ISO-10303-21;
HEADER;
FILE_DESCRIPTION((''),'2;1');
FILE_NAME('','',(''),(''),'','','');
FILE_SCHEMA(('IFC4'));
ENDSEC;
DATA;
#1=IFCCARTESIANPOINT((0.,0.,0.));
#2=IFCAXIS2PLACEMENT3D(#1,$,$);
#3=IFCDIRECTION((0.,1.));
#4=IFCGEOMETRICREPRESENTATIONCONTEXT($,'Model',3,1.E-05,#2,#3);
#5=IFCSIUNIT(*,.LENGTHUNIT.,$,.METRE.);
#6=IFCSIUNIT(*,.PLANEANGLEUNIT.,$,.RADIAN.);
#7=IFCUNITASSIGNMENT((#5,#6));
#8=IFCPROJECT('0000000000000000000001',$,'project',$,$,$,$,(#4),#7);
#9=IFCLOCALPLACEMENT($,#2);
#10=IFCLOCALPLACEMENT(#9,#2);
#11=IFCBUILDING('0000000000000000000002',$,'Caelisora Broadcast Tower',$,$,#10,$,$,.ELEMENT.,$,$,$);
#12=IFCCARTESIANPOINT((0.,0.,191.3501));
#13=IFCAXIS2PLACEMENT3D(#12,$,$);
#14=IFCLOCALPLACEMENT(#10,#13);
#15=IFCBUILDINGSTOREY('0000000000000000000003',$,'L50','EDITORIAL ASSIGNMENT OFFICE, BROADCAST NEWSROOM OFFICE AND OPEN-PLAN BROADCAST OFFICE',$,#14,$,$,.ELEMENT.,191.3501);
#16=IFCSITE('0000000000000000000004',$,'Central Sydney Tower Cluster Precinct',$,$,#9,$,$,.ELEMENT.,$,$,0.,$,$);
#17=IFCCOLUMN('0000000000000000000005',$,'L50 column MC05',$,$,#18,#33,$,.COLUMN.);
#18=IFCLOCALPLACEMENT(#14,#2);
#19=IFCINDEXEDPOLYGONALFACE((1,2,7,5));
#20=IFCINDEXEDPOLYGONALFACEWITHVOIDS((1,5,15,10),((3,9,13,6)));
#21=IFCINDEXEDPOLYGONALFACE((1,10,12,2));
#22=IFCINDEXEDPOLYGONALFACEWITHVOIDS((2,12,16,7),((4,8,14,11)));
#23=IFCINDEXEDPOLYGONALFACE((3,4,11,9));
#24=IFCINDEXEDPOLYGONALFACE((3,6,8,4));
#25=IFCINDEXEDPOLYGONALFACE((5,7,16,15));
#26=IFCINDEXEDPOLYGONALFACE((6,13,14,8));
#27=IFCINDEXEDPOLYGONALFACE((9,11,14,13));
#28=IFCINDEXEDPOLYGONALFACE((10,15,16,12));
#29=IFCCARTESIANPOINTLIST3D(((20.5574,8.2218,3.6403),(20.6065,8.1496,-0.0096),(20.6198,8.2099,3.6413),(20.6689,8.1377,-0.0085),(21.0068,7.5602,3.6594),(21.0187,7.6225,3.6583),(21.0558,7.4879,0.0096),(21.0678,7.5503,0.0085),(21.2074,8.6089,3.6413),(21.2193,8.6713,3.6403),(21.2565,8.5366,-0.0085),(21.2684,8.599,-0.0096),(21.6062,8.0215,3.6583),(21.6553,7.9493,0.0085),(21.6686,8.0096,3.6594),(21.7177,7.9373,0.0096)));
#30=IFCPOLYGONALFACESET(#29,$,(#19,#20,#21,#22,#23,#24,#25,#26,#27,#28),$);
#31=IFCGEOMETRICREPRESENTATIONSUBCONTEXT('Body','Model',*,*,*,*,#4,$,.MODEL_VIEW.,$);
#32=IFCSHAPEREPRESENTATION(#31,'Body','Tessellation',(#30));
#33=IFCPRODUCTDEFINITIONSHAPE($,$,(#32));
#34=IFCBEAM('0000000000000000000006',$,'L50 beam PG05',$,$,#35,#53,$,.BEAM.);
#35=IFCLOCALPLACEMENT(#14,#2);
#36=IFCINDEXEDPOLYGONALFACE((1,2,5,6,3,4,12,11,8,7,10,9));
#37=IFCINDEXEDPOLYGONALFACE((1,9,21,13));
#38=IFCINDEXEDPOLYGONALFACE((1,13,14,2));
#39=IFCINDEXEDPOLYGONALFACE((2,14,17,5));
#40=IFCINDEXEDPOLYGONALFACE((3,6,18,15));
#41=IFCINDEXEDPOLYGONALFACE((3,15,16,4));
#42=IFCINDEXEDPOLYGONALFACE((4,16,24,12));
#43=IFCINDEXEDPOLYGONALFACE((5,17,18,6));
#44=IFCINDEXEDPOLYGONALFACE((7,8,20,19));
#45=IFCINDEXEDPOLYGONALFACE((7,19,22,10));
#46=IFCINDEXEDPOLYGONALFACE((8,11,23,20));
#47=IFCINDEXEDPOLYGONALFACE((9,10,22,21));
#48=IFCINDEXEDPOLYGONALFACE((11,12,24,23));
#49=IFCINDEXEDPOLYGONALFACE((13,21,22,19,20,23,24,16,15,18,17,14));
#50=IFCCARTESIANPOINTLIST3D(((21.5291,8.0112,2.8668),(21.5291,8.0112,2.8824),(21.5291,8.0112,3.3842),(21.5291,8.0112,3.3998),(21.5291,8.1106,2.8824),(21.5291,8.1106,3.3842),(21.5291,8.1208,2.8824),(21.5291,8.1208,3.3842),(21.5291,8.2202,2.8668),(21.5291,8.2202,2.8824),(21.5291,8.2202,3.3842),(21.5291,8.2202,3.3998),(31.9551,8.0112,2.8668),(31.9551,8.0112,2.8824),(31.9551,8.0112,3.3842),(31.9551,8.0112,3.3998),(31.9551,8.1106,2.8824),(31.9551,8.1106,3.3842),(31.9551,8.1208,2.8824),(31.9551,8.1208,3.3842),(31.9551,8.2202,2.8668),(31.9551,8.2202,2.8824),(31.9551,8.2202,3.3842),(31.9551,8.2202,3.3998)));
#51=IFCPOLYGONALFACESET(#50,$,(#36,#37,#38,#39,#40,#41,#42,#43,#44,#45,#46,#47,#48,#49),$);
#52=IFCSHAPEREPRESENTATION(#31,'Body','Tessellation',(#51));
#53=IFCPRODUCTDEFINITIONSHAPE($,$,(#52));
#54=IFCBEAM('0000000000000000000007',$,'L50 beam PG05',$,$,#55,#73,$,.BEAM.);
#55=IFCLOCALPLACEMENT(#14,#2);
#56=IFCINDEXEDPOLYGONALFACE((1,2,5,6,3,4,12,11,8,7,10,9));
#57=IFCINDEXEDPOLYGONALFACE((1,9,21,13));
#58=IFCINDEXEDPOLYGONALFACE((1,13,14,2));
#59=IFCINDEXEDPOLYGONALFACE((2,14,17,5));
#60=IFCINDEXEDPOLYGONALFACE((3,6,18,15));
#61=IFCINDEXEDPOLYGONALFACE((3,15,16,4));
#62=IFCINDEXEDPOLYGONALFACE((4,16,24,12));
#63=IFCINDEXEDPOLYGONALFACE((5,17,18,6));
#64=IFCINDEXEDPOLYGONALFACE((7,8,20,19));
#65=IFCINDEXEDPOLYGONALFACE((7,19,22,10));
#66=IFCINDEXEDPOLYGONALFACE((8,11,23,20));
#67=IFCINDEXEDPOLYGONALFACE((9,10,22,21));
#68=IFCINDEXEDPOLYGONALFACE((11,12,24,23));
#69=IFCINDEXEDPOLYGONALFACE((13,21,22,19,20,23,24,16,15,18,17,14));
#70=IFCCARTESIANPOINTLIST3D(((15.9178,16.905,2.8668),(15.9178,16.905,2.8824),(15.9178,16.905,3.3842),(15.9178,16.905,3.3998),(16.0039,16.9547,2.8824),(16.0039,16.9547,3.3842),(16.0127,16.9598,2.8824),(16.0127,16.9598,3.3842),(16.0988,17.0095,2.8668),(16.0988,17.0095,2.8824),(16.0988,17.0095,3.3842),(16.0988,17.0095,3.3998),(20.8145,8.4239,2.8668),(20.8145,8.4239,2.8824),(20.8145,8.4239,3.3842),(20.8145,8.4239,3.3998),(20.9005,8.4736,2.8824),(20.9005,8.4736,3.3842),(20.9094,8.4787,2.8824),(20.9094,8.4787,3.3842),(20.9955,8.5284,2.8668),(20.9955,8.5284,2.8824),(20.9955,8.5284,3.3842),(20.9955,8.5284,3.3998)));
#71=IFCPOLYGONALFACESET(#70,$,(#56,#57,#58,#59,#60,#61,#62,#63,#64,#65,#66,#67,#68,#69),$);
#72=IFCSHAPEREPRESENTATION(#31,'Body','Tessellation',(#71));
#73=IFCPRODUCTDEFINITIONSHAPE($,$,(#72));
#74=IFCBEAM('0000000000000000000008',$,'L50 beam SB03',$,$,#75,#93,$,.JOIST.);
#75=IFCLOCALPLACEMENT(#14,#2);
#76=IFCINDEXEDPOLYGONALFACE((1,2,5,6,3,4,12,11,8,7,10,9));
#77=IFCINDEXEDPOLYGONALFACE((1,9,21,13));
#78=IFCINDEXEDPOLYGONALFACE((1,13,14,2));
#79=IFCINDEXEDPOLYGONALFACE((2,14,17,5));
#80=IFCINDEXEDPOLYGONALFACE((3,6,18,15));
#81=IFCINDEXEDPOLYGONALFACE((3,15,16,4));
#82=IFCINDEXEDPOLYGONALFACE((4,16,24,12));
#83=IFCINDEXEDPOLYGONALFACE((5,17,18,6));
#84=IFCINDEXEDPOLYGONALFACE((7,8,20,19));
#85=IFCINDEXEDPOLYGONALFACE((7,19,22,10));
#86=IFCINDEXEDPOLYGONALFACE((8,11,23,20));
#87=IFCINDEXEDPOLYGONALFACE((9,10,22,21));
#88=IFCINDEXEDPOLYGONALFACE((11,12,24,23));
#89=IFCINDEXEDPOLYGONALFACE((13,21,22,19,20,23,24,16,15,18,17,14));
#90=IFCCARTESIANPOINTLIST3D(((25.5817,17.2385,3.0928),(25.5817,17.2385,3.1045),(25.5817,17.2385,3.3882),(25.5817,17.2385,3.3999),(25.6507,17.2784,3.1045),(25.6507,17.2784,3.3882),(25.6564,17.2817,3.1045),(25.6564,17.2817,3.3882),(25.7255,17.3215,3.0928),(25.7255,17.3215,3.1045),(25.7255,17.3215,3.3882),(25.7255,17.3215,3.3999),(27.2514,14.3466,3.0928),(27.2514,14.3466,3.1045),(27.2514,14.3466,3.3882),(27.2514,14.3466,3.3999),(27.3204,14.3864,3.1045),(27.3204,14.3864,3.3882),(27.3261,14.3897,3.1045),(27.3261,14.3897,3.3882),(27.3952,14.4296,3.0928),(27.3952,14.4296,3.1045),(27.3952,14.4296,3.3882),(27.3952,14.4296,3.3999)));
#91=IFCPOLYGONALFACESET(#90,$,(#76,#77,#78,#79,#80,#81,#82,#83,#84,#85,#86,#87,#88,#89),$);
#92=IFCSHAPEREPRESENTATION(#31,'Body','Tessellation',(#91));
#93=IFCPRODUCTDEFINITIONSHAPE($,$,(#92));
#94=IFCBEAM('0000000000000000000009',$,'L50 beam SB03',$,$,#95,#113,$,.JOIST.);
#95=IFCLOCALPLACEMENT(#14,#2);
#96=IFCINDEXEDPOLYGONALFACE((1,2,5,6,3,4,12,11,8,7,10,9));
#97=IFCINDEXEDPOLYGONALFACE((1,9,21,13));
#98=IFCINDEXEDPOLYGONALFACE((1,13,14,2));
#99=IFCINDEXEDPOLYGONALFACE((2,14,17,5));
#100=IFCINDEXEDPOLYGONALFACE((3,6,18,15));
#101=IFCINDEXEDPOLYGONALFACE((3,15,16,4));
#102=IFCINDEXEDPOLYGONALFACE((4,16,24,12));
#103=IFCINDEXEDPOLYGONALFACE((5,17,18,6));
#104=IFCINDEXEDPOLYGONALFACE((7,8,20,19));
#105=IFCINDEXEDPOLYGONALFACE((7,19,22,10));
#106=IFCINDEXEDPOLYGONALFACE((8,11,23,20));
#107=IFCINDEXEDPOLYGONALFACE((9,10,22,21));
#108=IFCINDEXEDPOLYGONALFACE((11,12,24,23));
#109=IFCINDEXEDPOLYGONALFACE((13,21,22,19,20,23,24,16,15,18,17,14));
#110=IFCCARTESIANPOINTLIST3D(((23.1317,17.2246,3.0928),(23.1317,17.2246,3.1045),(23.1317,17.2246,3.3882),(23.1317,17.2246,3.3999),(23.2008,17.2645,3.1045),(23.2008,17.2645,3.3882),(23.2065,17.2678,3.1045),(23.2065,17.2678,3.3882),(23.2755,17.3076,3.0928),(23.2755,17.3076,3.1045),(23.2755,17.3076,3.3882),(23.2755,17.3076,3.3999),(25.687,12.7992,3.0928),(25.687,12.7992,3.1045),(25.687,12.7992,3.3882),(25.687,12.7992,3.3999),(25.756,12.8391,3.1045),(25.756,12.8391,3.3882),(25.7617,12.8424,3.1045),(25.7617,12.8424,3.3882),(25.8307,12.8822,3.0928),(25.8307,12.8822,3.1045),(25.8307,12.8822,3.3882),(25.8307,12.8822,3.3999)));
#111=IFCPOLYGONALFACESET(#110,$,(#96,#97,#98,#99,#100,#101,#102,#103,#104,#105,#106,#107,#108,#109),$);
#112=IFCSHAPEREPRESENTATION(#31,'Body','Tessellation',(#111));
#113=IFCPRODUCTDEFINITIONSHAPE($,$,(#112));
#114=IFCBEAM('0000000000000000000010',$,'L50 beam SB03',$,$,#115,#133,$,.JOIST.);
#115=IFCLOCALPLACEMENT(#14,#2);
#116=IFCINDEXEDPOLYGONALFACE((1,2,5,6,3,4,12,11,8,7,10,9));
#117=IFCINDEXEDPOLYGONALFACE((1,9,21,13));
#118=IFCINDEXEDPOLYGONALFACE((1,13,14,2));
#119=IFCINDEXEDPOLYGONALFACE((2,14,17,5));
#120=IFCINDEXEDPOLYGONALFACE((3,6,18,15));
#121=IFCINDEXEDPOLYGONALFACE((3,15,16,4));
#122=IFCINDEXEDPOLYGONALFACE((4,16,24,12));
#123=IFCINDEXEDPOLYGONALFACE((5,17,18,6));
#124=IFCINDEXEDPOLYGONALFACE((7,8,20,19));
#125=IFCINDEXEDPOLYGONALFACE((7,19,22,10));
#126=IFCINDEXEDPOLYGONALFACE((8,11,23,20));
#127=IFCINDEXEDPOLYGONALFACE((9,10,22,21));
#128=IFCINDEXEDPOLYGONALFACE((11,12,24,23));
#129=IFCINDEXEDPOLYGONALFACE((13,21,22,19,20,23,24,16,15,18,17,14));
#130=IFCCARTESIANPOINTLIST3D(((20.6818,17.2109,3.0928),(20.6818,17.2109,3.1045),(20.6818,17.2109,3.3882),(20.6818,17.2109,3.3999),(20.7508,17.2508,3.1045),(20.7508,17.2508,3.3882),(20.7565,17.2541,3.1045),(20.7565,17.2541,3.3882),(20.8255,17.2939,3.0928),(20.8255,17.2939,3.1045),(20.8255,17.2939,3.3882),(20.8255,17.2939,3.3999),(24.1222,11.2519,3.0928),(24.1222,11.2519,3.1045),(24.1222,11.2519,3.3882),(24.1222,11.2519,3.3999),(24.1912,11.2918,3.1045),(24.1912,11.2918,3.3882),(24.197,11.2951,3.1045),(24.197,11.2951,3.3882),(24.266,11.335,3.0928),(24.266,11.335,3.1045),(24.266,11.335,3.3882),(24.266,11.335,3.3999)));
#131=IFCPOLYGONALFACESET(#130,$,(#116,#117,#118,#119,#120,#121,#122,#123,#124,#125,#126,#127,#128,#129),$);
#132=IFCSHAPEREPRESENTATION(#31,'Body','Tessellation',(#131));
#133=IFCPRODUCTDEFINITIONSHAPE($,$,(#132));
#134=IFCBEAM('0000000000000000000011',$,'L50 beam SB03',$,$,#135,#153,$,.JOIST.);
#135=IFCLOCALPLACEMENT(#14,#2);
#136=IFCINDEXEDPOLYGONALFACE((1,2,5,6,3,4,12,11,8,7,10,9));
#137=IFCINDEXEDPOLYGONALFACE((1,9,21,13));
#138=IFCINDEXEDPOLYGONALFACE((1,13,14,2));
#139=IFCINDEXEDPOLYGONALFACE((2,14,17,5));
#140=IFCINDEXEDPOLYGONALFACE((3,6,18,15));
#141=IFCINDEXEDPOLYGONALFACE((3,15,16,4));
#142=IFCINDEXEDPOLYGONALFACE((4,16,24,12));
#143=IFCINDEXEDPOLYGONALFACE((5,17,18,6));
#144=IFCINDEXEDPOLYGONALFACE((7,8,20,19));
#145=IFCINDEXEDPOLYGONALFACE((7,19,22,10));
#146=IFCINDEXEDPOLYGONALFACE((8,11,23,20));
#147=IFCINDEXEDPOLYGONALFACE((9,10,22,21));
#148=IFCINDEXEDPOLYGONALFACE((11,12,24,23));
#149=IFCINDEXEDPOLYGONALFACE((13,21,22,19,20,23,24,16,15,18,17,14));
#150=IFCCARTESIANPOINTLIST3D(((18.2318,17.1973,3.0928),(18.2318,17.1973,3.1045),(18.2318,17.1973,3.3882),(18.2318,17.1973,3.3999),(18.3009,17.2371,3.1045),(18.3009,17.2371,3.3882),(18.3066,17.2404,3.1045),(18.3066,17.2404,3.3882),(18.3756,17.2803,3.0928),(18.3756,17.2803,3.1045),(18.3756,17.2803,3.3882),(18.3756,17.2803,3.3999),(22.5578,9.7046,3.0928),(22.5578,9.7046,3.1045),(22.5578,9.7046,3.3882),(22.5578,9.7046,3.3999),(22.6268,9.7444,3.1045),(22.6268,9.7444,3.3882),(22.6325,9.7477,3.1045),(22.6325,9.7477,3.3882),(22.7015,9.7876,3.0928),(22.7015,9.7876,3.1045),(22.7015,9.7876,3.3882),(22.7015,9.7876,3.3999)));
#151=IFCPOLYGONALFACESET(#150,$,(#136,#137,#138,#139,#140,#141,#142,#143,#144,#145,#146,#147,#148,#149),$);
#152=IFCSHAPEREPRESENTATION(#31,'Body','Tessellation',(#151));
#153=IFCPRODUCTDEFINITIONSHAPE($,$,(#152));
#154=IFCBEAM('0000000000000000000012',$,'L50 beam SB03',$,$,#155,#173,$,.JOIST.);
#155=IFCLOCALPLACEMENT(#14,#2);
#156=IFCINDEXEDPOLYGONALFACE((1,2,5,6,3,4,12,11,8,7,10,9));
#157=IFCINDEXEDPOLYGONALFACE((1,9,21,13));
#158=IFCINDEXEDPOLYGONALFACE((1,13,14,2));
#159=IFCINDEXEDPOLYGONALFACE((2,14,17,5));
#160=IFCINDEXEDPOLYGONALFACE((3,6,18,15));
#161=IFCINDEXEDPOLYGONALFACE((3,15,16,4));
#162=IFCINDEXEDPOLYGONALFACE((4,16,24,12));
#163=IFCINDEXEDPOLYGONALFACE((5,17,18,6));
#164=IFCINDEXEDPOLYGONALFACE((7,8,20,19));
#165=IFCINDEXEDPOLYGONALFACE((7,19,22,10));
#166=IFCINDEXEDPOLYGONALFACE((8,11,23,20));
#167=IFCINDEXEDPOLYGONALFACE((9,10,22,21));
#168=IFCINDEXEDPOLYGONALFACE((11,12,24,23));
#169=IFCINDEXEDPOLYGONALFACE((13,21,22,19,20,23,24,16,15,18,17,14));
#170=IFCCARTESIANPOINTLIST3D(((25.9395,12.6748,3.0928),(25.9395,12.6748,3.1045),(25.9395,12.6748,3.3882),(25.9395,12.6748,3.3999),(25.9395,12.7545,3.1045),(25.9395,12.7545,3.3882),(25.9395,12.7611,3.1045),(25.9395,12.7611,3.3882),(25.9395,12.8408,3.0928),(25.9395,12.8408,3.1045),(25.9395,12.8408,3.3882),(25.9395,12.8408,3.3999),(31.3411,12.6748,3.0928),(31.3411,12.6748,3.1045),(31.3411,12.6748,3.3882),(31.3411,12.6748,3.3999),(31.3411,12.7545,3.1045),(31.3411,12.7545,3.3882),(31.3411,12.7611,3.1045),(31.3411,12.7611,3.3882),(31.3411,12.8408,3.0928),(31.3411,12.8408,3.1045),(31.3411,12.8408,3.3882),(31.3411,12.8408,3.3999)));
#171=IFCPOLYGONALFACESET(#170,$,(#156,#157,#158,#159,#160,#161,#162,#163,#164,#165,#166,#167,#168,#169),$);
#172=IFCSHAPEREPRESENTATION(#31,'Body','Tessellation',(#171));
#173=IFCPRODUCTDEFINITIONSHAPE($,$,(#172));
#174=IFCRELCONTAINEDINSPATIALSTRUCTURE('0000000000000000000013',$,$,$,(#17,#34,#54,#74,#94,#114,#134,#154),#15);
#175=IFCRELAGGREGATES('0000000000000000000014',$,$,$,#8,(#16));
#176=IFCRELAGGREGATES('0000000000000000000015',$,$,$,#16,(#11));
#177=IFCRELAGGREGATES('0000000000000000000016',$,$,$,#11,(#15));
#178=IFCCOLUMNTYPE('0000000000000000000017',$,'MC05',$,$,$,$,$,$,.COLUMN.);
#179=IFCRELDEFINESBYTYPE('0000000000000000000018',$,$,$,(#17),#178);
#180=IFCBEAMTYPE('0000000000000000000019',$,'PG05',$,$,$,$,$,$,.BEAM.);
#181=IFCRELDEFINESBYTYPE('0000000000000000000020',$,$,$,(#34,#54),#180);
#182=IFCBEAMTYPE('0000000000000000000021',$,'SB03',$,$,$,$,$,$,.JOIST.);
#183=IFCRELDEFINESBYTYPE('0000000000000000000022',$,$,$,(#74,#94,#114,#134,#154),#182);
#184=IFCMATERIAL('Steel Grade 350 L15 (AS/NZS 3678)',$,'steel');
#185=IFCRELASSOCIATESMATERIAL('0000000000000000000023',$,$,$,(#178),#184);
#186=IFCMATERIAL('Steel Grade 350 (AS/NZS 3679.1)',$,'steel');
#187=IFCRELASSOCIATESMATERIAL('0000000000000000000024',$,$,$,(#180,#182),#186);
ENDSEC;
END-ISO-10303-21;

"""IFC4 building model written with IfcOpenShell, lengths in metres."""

from ifc_helpers import new_model, si_unit, direction, frame, origin, origin_2d, place, context, subcontext, project, spatial, hollow_rectangle, i_section, extrude, source, transform, mapped, material, material_profile, profile_set, type_object, type_shapes, element, save


model = new_model("IFC4")

# Units and contexts
model_context = context("Model", 3, precision=1e-05, world=origin(), true_north=direction((0.0, 1.0)))
body_context = subcontext(model_context, "Body", "Model", "MODEL_VIEW")
ifc_project = project(units=[si_unit("LENGTHUNIT", "METRE"), si_unit("PLANEANGLEUNIT", "RADIAN")], contexts=[model_context])

# Site, building, storey
site_placement = place(None, origin())
site = spatial("IfcSite", under=ifc_project, at=site_placement, Name="Central Sydney Tower Cluster Precinct", CompositionType="ELEMENT", RefElevation=0.0)
building_placement = place(site_placement, origin())
building = spatial("IfcBuilding", under=site, at=building_placement, Name="Caelisora Broadcast Tower", CompositionType="ELEMENT")
storey_placement = place(building_placement, frame((0.0, 0.0, 191.3501)))
storey = spatial("IfcBuildingStorey", under=building, at=storey_placement, Name="L50", Description="EDITORIAL ASSIGNMENT OFFICE, BROADCAST NEWSROOM OFFICE AND OPEN-PLAN BROADCAST OFFICE", CompositionType="ELEMENT", Elevation=191.3501)

# Column
ifc_material_1 = material(Name="Steel Grade 350 L15 (AS/NZS 3678)", Category="steel")
ifc_material_profile_1 = material_profile(ifc_material_1, hollow_rectangle(XDim=0.8, YDim=0.8, WallThickness=0.0449, at=origin_2d()), Name="Steel Grade 350 L15 (AS/NZS 3678)")
ifc_profile_set_1 = profile_set([ifc_material_profile_1], Name="Steel Grade 350 L15 (AS/NZS 3678)")
column_type = type_object("IfcColumnType", Name="MC05", PredefinedType="COLUMN", material=ifc_profile_set_1)
shared_shape_1 = source(origin(), body_context, "Body", "SweptSolid", [
    extrude(hollow_rectangle(XDim=0.8, YDim=0.8, WallThickness=0.0449, at=origin_2d()), origin(), (0.0, 0.0, 1.0), 3.6509),
])
type_shapes(column_type, [shared_shape_1])
column_placement = place(storey_placement, frame((21.1621, 8.0435, 0.0), z_axis=(-0.013441, 0.019794, 0.999714), x_axis=(-0.82729, -0.561775, 0.0)))
element("IfcColumn", 1, at=column_placement, inside=storey, type_object=column_type, Name="L50 column MC05", PredefinedType="COLUMN", context=body_context, shape_type="MappedRepresentation", body=[
    mapped(shared_shape_1, transform((0.0, 0.0, 0.0), scale=1.0)),
])

# Beams
ifc_material_2 = material(Name="Steel Grade 350 (AS/NZS 3679.1)", Category="steel")
ifc_material_profile_2 = material_profile(ifc_material_2, i_section(OverallWidth=0.209, OverallDepth=0.533, WebThickness=0.0103, FlangeThickness=0.0156, at=origin_2d()), Name="Steel Grade 350 (AS/NZS 3679.1)")
ifc_profile_set_2 = profile_set([ifc_material_profile_2], Name="Steel Grade 350 (AS/NZS 3679.1)")
beam_type_1 = type_object("IfcBeamType", Name="PG05", PredefinedType="BEAM", material=ifc_profile_set_2)
shared_shape_2 = source(origin(), body_context, "Body", "SweptSolid", [
    extrude(i_section(OverallWidth=0.209, OverallDepth=0.533, WebThickness=0.0103, FlangeThickness=0.0156, at=origin_2d()), origin(), (0.0, 0.0, 1.0), 10.426),
])
beam_1_placement = place(storey_placement, frame((21.5291, 8.1157, 3.1333), z_axis=(1.0, 0.0, 0.0), x_axis=(0.0, 1.0, 0.0)))
element("IfcBeam", 2, at=beam_1_placement, inside=storey, type_object=beam_type_1, Name="L50 beam PG05", PredefinedType="BEAM", context=body_context, shape_type="MappedRepresentation", body=[
    mapped(shared_shape_2, transform((0.0, 0.0, 0.0), scale=1.0)),
])
shared_shape_3 = source(origin(), body_context, "Body", "SweptSolid", [
    extrude(i_section(OverallWidth=0.209, OverallDepth=0.533, WebThickness=0.0103, FlangeThickness=0.0156, at=origin_2d()), origin(), (0.0, 0.0, 1.0), 9.7932),
])
type_shapes(beam_type_1, [shared_shape_2, shared_shape_3])
beam_2_placement = place(storey_placement, frame((16.0083, 16.9573, 3.1333), z_axis=(0.500008, -0.866021, 0.0), x_axis=(0.866021, 0.500008, 0.0)))
element("IfcBeam", 3, at=beam_2_placement, inside=storey, type_object=beam_type_1, Name="L50 beam PG05", PredefinedType="BEAM", context=body_context, shape_type="MappedRepresentation", body=[
    mapped(shared_shape_3, transform((0.0, 0.0, 0.0), scale=1.0)),
])
ifc_material_profile_3 = material_profile(ifc_material_2, i_section(OverallWidth=0.166, OverallDepth=0.3071, WebThickness=0.0066, FlangeThickness=0.0117, at=origin_2d()), Name="Steel Grade 350 (AS/NZS 3679.1)")
ifc_profile_set_3 = profile_set([ifc_material_profile_3], Name="Steel Grade 350 (AS/NZS 3679.1)")
beam_type_2 = type_object("IfcBeamType", Name="SB03", PredefinedType="JOIST", material=ifc_profile_set_3)
shared_shape_4 = source(origin(), body_context, "Body", "SweptSolid", [
    extrude(i_section(OverallWidth=0.166, OverallDepth=0.3071, WebThickness=0.0066, FlangeThickness=0.0117, at=origin_2d()), origin(), (0.0, 0.0, 1.0), 3.3394),
])
beam_3_placement = place(storey_placement, frame((25.6536, 17.28, 3.2463), z_axis=(0.500016, -0.866016, 0.0), x_axis=(0.866016, 0.500016, 0.0)))
element("IfcBeam", 4, at=beam_3_placement, inside=storey, type_object=beam_type_2, Name="L50 beam SB03", PredefinedType="JOIST", context=body_context, shape_type="MappedRepresentation", body=[
    mapped(shared_shape_4, transform((0.0, 0.0, 0.0), scale=1.0)),
])
shared_shape_5 = source(origin(), body_context, "Body", "SweptSolid", [
    extrude(i_section(OverallWidth=0.166, OverallDepth=0.3071, WebThickness=0.0066, FlangeThickness=0.0117, at=origin_2d()), origin(), (0.0, 0.0, 1.0), 5.1101),
])
beam_4_placement = place(storey_placement, frame((23.2036, 17.2661, 3.2463), z_axis=(0.500034, -0.866006, 0.0), x_axis=(0.866006, 0.500034, 0.0)))
element("IfcBeam", 5, at=beam_4_placement, inside=storey, type_object=beam_type_2, Name="L50 beam SB03", PredefinedType="JOIST", context=body_context, shape_type="MappedRepresentation", body=[
    mapped(shared_shape_5, transform((0.0, 0.0, 0.0), scale=1.0)),
])
shared_shape_6 = source(origin(), body_context, "Body", "SweptSolid", [
    extrude(i_section(OverallWidth=0.166, OverallDepth=0.3071, WebThickness=0.0066, FlangeThickness=0.0117, at=origin_2d()), origin(), (0.0, 0.0, 1.0), 6.8809),
])
beam_5_placement = place(storey_placement, frame((20.7537, 17.2524, 3.2463), z_axis=(0.500001, -0.866025, 0.0), x_axis=(0.866025, 0.500001, 0.0)))
element("IfcBeam", 6, at=beam_5_placement, inside=storey, type_object=beam_type_2, Name="L50 beam SB03", PredefinedType="JOIST", context=body_context, shape_type="MappedRepresentation", body=[
    mapped(shared_shape_6, transform((0.0, 0.0, 0.0), scale=1.0)),
])
shared_shape_7 = source(origin(), body_context, "Body", "SweptSolid", [
    extrude(i_section(OverallWidth=0.166, OverallDepth=0.3071, WebThickness=0.0066, FlangeThickness=0.0117, at=origin_2d()), origin(), (0.0, 0.0, 1.0), 8.6519),
])
beam_6_placement = place(storey_placement, frame((18.3037, 17.2388, 3.2463), z_axis=(0.500003, -0.866024, 0.0), x_axis=(0.866024, 0.500003, 0.0)))
element("IfcBeam", 7, at=beam_6_placement, inside=storey, type_object=beam_type_2, Name="L50 beam SB03", PredefinedType="JOIST", context=body_context, shape_type="MappedRepresentation", body=[
    mapped(shared_shape_7, transform((0.0, 0.0, 0.0), scale=1.0)),
])
shared_shape_8 = source(origin(), body_context, "Body", "SweptSolid", [
    extrude(i_section(OverallWidth=0.166, OverallDepth=0.3071, WebThickness=0.0066, FlangeThickness=0.0117, at=origin_2d()), origin(), (0.0, 0.0, 1.0), 5.4016),
])
beam_7_placement = place(storey_placement, frame((25.9395, 12.7578, 3.2463), z_axis=(1.0, 0.0, 0.0), x_axis=(0.0, 1.0, 0.0)))
element("IfcBeam", 8, at=beam_7_placement, inside=storey, type_object=beam_type_2, Name="L50 beam SB03", PredefinedType="JOIST", context=body_context, shape_type="MappedRepresentation", body=[
    mapped(shared_shape_8, transform((0.0, 0.0, 0.0), scale=1.0)),
])

save(model, "model.ifc")
